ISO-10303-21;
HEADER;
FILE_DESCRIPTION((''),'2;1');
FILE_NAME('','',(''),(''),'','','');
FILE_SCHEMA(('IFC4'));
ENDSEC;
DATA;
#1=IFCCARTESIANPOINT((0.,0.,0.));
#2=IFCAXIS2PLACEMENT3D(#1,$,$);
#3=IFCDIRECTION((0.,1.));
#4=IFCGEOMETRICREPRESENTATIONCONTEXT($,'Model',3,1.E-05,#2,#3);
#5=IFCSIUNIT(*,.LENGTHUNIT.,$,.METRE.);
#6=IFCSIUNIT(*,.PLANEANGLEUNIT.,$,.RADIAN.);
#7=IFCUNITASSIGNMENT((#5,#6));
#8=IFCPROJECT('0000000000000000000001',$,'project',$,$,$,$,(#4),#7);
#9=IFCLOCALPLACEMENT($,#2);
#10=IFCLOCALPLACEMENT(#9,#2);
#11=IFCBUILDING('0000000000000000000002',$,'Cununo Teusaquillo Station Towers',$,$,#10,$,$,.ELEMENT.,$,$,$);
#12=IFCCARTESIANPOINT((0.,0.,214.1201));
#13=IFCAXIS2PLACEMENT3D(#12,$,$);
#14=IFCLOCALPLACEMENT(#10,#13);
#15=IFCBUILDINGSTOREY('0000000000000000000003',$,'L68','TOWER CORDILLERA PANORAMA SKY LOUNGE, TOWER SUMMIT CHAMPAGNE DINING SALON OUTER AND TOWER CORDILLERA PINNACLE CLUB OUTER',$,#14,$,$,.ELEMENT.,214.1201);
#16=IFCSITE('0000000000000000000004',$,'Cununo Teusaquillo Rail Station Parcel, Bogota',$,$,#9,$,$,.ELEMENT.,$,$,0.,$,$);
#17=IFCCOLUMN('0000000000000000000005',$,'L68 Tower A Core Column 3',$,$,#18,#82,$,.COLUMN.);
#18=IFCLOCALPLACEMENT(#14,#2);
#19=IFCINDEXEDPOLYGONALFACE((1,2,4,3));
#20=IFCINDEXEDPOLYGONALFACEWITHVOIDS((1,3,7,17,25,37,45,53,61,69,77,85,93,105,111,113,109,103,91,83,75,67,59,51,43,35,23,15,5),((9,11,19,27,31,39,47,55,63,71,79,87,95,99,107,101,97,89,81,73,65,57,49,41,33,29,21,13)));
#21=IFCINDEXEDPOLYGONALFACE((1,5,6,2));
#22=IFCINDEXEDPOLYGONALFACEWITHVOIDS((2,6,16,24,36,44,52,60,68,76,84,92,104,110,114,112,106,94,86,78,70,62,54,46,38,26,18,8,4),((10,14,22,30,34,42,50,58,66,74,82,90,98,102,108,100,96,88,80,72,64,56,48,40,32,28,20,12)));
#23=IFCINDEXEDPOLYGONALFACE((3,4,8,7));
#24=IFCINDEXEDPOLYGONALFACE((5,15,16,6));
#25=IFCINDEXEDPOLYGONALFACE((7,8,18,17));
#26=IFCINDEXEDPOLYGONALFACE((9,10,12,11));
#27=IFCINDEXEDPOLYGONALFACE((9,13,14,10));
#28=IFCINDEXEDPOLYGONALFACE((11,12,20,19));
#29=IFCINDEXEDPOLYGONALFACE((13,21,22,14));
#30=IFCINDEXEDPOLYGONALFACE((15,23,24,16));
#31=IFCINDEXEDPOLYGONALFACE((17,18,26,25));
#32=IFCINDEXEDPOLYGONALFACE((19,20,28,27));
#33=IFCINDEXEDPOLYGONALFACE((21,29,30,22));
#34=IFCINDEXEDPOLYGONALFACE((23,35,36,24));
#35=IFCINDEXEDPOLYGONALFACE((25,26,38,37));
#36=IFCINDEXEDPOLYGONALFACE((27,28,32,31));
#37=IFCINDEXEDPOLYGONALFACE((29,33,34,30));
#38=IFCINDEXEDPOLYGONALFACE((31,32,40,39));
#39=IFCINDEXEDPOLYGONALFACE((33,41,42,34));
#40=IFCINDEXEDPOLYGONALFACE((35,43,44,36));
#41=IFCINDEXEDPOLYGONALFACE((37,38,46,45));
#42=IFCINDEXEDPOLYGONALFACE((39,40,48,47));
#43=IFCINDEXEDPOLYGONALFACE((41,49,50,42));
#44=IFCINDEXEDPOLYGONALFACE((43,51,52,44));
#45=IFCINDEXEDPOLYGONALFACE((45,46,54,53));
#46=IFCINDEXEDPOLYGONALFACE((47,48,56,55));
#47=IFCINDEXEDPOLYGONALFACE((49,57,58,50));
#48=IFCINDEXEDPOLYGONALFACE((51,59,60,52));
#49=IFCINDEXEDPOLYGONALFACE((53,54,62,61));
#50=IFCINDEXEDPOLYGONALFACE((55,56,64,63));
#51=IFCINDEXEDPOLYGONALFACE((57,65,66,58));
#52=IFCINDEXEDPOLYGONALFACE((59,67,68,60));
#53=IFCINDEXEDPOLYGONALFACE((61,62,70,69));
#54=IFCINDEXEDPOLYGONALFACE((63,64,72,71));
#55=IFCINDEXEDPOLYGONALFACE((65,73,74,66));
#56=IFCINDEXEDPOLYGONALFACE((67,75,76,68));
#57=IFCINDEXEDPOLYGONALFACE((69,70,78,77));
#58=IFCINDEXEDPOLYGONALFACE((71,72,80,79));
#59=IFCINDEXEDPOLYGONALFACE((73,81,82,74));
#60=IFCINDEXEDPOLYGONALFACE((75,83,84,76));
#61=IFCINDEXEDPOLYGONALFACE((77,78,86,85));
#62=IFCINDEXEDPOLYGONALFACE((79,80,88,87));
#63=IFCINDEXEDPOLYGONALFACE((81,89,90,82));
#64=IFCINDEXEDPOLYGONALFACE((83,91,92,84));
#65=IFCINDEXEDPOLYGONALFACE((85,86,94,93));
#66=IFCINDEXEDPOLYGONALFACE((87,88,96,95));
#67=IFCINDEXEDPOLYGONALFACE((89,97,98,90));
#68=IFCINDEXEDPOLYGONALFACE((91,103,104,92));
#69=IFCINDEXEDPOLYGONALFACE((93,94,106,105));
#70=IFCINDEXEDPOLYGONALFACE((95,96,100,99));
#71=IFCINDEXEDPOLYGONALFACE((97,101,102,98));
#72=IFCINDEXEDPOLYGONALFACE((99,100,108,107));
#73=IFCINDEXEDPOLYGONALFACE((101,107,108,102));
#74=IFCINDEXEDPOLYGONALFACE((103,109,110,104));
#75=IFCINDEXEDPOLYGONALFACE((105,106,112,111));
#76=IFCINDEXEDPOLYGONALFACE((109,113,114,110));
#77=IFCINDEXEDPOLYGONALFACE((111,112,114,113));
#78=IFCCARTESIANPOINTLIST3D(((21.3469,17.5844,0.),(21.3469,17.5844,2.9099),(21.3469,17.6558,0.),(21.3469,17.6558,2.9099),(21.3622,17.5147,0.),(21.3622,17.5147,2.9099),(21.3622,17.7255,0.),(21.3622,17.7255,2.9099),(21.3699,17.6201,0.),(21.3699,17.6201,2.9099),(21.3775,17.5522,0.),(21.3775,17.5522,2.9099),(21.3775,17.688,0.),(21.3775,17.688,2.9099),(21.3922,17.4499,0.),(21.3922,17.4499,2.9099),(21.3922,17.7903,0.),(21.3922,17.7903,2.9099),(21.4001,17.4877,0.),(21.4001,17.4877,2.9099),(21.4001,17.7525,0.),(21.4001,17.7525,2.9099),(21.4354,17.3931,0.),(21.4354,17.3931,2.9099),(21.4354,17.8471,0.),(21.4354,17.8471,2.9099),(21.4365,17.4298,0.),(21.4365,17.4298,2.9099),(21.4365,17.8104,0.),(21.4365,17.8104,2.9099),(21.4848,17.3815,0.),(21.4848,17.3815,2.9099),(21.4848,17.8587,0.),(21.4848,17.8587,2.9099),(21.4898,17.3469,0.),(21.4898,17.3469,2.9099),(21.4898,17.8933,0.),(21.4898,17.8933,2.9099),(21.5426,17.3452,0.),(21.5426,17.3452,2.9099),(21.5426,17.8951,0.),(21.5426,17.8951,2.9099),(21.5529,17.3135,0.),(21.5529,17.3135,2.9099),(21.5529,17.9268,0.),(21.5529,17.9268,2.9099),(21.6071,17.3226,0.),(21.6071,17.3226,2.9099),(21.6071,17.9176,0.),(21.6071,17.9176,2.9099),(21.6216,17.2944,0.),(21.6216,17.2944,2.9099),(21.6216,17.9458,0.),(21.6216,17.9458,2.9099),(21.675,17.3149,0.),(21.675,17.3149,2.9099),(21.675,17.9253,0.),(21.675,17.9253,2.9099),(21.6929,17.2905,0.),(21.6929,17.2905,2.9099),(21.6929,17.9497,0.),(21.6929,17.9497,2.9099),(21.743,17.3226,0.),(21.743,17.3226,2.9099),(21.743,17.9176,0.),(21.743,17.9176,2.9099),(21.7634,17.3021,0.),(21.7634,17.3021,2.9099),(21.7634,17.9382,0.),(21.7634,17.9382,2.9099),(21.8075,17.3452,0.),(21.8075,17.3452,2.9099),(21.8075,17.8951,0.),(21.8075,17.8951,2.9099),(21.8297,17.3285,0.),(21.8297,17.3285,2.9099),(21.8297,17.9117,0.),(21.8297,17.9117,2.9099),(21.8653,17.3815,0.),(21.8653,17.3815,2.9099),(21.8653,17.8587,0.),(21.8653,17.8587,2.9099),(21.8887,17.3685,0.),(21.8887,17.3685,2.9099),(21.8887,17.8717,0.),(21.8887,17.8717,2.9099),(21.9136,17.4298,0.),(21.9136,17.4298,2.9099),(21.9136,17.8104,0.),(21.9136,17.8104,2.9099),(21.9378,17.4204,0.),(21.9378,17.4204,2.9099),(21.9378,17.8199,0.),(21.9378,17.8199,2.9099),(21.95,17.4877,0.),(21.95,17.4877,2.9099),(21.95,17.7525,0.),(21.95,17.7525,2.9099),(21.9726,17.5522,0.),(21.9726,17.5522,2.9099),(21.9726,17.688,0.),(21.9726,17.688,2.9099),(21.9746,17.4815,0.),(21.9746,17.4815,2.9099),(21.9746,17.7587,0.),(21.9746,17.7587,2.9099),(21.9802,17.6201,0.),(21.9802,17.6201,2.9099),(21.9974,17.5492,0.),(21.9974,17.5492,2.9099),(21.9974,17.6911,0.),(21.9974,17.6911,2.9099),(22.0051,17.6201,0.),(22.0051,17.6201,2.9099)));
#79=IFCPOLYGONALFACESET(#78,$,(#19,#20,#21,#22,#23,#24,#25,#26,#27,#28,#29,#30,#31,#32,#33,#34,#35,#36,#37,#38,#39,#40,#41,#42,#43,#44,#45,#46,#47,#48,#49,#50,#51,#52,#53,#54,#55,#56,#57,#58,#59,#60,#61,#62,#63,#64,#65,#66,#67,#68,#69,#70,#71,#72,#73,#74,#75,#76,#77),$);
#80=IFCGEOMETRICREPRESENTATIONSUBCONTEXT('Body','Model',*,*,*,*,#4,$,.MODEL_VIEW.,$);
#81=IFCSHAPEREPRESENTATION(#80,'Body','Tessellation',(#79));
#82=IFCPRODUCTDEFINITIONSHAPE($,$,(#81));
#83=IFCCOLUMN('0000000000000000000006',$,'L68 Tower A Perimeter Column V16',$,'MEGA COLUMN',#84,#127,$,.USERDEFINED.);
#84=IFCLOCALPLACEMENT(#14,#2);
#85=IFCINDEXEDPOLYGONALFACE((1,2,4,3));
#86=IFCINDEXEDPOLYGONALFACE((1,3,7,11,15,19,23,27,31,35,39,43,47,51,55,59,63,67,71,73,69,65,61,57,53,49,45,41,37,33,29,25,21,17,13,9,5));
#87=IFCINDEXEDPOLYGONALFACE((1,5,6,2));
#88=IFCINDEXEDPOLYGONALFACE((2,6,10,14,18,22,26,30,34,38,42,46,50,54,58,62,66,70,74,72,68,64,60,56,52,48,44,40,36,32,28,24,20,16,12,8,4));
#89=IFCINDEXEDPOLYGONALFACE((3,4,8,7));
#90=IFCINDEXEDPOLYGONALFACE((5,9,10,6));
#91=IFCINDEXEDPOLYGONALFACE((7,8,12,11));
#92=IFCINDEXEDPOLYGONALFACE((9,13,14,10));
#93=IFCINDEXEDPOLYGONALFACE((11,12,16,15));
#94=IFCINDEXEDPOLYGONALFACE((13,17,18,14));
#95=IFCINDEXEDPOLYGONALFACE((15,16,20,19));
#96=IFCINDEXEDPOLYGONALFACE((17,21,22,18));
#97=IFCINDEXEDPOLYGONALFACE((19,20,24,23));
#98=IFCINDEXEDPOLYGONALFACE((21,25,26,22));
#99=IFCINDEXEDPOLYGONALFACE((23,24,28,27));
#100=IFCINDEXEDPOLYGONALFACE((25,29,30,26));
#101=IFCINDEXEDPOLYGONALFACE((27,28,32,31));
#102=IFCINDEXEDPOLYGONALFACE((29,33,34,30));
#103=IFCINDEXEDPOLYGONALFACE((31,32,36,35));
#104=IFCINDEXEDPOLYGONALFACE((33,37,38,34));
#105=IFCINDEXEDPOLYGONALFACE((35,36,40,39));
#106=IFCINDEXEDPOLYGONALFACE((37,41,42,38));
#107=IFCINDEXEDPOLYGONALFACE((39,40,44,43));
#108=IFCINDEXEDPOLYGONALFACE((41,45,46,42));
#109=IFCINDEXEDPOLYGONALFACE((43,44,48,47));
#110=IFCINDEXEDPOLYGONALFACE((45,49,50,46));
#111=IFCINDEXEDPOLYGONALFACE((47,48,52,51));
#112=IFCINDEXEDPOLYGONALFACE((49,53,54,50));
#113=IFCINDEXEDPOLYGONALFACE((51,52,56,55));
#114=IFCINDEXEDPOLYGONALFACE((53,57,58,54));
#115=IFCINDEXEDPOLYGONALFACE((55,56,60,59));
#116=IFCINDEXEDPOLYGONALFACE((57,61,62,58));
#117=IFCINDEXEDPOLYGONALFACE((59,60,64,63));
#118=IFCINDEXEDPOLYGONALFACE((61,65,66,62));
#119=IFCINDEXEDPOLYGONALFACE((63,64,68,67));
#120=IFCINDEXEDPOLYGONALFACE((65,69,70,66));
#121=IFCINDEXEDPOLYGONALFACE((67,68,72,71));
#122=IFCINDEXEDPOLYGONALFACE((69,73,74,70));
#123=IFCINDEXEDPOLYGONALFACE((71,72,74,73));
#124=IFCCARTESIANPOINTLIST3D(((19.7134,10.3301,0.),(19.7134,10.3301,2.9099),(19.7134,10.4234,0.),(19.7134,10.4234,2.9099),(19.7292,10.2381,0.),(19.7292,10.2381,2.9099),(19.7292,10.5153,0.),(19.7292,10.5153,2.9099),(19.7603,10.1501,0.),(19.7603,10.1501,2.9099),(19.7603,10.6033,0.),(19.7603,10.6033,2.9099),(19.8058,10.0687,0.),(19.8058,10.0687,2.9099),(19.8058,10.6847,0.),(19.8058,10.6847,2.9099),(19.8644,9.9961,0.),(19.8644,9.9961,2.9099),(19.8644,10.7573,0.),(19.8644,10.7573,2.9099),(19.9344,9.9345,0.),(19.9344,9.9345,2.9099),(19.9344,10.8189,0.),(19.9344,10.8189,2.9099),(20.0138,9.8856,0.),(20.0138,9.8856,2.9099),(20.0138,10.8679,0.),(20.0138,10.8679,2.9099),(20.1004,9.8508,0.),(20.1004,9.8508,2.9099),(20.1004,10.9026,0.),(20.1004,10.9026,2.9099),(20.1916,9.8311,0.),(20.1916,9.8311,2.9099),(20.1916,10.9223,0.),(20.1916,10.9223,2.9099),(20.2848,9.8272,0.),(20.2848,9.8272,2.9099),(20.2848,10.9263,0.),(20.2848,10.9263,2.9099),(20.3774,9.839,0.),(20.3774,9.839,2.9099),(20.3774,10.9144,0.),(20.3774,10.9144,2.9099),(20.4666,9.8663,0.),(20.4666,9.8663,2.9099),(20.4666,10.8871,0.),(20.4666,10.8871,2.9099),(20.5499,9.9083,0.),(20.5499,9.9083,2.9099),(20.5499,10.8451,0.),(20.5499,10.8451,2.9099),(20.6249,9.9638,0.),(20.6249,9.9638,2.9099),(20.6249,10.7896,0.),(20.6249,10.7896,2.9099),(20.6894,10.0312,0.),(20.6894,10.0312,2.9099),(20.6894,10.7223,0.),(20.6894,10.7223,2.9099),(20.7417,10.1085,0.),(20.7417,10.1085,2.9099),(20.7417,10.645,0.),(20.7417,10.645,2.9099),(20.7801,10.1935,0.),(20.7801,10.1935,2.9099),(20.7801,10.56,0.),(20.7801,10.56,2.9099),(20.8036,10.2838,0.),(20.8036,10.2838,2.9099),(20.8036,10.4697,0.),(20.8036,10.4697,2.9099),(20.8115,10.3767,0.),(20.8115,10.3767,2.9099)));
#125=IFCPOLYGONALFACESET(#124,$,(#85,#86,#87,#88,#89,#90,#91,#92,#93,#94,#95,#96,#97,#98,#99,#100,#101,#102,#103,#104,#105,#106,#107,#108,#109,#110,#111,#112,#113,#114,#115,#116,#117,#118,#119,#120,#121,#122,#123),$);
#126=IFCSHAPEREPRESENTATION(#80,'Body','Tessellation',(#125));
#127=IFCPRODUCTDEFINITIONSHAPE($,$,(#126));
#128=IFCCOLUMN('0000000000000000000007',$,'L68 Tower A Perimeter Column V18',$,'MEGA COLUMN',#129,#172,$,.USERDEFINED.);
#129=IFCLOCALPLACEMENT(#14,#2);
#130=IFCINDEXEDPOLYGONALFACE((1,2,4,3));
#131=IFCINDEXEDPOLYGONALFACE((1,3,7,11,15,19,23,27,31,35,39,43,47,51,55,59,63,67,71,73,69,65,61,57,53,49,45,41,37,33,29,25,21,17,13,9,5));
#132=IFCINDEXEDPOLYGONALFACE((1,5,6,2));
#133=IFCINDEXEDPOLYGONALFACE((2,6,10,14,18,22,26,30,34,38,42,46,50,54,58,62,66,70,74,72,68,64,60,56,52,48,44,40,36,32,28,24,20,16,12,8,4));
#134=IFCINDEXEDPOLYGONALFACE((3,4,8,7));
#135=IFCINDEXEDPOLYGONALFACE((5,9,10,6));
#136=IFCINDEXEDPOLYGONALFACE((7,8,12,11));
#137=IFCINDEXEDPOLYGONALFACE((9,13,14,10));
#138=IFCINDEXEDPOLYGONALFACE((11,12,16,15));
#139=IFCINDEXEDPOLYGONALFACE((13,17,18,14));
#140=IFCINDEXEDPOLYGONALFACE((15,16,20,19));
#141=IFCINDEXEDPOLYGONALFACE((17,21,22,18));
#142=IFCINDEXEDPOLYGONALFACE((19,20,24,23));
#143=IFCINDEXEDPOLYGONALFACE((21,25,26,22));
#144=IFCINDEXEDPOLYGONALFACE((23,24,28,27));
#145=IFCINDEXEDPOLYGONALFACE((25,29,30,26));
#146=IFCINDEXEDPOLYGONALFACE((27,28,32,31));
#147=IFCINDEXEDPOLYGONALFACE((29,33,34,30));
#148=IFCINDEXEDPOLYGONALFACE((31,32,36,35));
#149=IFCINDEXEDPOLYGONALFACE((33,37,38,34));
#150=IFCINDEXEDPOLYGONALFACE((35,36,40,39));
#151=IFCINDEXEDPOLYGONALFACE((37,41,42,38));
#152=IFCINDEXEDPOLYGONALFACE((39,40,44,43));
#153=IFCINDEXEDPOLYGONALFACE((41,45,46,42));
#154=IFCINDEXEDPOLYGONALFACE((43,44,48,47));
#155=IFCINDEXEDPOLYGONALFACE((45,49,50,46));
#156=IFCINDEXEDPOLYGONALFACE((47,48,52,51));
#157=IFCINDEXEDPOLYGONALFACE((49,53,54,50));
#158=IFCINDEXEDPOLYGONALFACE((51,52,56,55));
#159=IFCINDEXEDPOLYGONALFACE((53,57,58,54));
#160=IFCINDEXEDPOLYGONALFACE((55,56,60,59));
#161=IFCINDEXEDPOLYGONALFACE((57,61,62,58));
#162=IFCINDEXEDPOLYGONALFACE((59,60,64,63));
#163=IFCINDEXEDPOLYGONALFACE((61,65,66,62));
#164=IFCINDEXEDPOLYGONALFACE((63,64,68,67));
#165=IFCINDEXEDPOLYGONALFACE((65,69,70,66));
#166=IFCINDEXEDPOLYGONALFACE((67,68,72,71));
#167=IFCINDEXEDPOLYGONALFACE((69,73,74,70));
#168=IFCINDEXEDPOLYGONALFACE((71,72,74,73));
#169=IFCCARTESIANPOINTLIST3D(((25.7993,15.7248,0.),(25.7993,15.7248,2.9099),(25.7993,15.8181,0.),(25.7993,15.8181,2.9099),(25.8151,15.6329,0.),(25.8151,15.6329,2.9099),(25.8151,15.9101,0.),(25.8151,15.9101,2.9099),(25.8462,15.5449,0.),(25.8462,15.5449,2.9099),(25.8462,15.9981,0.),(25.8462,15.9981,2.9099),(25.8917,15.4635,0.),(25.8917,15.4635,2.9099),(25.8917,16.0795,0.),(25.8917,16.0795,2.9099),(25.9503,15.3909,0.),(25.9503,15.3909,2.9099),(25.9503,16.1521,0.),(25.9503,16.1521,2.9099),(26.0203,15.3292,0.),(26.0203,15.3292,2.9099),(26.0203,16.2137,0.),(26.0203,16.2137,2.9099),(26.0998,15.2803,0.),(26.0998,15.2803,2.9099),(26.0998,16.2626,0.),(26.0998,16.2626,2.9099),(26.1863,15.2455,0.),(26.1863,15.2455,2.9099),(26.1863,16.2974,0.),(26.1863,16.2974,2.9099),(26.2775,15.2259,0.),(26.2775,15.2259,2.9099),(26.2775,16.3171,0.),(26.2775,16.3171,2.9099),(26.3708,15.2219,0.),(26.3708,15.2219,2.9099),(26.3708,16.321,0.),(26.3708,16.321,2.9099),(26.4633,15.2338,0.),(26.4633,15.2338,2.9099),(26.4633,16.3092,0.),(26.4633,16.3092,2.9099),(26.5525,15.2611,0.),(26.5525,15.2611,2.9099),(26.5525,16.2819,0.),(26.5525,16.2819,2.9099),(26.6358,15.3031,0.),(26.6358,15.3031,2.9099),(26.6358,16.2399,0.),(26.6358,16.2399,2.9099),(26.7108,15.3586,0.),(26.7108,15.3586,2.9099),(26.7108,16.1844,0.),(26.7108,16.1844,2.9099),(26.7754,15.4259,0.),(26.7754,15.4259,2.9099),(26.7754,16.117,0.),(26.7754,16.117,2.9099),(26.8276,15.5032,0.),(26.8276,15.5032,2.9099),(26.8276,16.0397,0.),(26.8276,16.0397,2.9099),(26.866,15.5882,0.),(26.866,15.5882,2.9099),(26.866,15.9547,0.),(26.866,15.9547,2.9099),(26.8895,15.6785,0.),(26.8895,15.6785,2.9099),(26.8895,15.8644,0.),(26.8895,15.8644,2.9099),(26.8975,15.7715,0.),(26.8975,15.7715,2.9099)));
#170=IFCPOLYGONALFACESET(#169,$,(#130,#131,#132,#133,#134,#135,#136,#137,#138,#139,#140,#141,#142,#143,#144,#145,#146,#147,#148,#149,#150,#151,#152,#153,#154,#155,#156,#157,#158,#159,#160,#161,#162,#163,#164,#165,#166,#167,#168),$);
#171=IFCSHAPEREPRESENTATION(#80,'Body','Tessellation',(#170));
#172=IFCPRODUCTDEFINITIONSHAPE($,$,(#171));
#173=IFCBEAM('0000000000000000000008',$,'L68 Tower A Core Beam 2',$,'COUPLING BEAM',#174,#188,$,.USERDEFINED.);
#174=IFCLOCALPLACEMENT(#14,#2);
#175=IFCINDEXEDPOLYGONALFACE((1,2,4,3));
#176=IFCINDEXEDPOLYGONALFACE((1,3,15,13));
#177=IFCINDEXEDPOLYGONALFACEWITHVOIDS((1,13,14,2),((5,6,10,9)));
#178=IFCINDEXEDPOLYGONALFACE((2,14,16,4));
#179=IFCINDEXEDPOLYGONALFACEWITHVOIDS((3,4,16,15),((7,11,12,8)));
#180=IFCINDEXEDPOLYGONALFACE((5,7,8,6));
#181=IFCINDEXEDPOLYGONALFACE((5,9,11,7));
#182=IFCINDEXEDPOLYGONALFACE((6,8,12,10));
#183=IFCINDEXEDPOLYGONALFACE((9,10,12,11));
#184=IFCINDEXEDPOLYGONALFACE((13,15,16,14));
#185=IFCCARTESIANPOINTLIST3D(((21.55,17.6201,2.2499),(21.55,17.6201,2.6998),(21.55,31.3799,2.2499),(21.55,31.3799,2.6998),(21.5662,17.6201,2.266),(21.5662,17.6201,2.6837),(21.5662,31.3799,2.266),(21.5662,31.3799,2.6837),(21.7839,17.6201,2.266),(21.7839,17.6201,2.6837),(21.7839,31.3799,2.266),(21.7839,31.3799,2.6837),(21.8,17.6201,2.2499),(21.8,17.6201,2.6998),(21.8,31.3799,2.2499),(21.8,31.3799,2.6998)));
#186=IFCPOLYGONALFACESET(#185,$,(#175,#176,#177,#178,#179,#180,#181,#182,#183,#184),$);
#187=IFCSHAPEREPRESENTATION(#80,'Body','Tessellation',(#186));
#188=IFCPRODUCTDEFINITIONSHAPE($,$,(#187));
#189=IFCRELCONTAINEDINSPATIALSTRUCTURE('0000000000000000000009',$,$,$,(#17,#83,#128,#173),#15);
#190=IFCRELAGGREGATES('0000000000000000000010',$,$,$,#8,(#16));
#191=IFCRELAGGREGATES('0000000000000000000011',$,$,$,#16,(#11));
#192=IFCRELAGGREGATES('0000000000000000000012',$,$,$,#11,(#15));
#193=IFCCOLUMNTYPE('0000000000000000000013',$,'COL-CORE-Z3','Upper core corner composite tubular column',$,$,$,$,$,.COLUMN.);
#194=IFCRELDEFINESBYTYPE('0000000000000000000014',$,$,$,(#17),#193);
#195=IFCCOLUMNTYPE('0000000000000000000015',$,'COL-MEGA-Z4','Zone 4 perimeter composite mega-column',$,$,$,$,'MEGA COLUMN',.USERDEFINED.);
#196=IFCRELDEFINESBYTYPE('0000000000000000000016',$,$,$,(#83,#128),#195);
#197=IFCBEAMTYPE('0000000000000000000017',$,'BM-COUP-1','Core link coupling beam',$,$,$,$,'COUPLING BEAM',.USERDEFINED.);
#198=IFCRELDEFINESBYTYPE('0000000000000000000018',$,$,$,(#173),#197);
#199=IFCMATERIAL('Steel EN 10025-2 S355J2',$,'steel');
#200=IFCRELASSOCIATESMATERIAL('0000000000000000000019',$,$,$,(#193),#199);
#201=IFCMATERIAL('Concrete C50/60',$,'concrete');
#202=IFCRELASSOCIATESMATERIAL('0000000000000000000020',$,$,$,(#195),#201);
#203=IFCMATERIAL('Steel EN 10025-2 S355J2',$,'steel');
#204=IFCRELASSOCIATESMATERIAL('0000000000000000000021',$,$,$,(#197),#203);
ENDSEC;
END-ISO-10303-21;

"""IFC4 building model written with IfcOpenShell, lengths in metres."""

from ifc_helpers import new_model, si_unit, direction, frame, origin, origin_2d, place, context, subcontext, project, spatial, hollow_rectangle, circle, hollow_circle, extrude, material, material_profile, profile_set, type_object, element, save


model = new_model("IFC4")

# Units and contexts
model_context = context("Model", 3, precision=1e-05, world=origin(), true_north=direction((0.0, 1.0)))
body_context = subcontext(model_context, "Body", "Model", "MODEL_VIEW")
ifc_project = project(units=[si_unit("LENGTHUNIT", "METRE"), si_unit("PLANEANGLEUNIT", "RADIAN")], contexts=[model_context])

# Site, building, storey
site_placement = place(None, origin())
site = spatial("IfcSite", under=ifc_project, at=site_placement, Name="Cununo Teusaquillo Rail Station Parcel, Bogota", CompositionType="ELEMENT", RefElevation=0.0)
building_placement = place(site_placement, origin())
building = spatial("IfcBuilding", under=site, at=building_placement, Name="Cununo Teusaquillo Station Towers", CompositionType="ELEMENT")
storey_placement = place(building_placement, frame((0.0, 0.0, 214.1201)))
storey = spatial("IfcBuildingStorey", under=building, at=storey_placement, Name="L68", Description="TOWER CORDILLERA PANORAMA SKY LOUNGE, TOWER SUMMIT CHAMPAGNE DINING SALON OUTER AND TOWER CORDILLERA PINNACLE CLUB OUTER", CompositionType="ELEMENT", Elevation=214.1201)

# Columns
ifc_material_1 = material(Name="Steel EN 10025-2 S355J2", Category="steel")
ifc_material_profile_1 = material_profile(ifc_material_1, hollow_circle(Radius=0.3301, WallThickness=0.0249, at=origin_2d()), Name="CHS 660x25")
ifc_profile_set_1 = profile_set([ifc_material_profile_1], Name="Steel EN 10025-2 S355J2")
column_type_1 = type_object("IfcColumnType", Name="COL-CORE-Z3", Description="Upper core corner composite tubular column", PredefinedType="COLUMN", material=ifc_profile_set_1)
column_placement = place(storey_placement, frame((21.675, 17.6201, 0.0), z_axis=(0.0, 0.0, 1.0), x_axis=(1.0, 0.0, 0.0)))
element("IfcColumn", 1, at=column_placement, inside=storey, type_object=column_type_1, Name="L68 Tower A Core Column 3", PredefinedType="COLUMN", context=body_context, shape_type="SweptSolid", body=[
    extrude(hollow_circle(Radius=0.3301, WallThickness=0.0249, at=origin_2d()), origin(), (0.0, 0.0, 1.0), 2.9099),
])
ifc_material_2 = material(Name="Concrete C50/60", Category="concrete")
ifc_material_profile_2 = material_profile(ifc_material_2, circle(Radius=0.55, at=origin_2d()), Name="RC-CIRC-1100")
ifc_profile_set_2 = profile_set([ifc_material_profile_2], Name="Concrete C50/60")
column_type_2 = type_object("IfcColumnType", Name="COL-MEGA-Z4", Description="Zone 4 perimeter composite mega-column", ElementType="MEGA COLUMN", PredefinedType="USERDEFINED", material=ifc_profile_set_2)
for number, where, z_axis, x_axis, name in (
    (2, (20.2615, 10.3767, 0.0), (0.0, 0.0, 1.0), (1.0, 0.0, 0.0), "L68 Tower A Perimeter Column V16"),
    (3, (26.3474, 15.7715, 0.0), (0.0, 0.0, 1.0), (1.0, 0.0, 0.0), "L68 Tower A Perimeter Column V18"),
):
    element("IfcColumn", number, at=place(storey_placement, frame(where, z_axis=z_axis, x_axis=x_axis)), inside=storey, type_object=column_type_2, Name=name, ObjectType="MEGA COLUMN", PredefinedType="USERDEFINED", context=body_context, shape_type="SweptSolid", body=[
        extrude(circle(Radius=0.55, at=origin_2d()), origin(), (0.0, 0.0, 1.0), 2.9099),
    ])

# Beam
ifc_material_3 = material(Name="Steel EN 10025-2 S355J2", Category="steel")
ifc_material_profile_3 = material_profile(ifc_material_3, hollow_rectangle(XDim=0.25, YDim=0.45, WallThickness=0.0161, at=origin_2d()), Name="RHS 450x250x16")
ifc_profile_set_3 = profile_set([ifc_material_profile_3], Name="Steel EN 10025-2 S355J2")
beam_type_1 = type_object("IfcBeamType", Name="BM-COUP-1", Description="Core link coupling beam", ElementType="COUPLING BEAM", PredefinedType="USERDEFINED", material=ifc_profile_set_3)
beam_1_placement = place(storey_placement, frame((21.675, 17.6201, 2.4749), z_axis=(0.0, 1.0, 0.0), x_axis=(-1.0, 0.0, 0.0)))
element("IfcBeam", 4, at=beam_1_placement, inside=storey, type_object=beam_type_1, Name="L68 Tower A Core Beam 2", ObjectType="COUPLING BEAM", PredefinedType="USERDEFINED", context=body_context, shape_type="SweptSolid", body=[
    extrude(hollow_rectangle(XDim=0.25, YDim=0.45, WallThickness=0.0161, at=origin_2d()), origin(), (0.0, 0.0, 1.0), 13.7598),
])

save(model, "model.ifc")
